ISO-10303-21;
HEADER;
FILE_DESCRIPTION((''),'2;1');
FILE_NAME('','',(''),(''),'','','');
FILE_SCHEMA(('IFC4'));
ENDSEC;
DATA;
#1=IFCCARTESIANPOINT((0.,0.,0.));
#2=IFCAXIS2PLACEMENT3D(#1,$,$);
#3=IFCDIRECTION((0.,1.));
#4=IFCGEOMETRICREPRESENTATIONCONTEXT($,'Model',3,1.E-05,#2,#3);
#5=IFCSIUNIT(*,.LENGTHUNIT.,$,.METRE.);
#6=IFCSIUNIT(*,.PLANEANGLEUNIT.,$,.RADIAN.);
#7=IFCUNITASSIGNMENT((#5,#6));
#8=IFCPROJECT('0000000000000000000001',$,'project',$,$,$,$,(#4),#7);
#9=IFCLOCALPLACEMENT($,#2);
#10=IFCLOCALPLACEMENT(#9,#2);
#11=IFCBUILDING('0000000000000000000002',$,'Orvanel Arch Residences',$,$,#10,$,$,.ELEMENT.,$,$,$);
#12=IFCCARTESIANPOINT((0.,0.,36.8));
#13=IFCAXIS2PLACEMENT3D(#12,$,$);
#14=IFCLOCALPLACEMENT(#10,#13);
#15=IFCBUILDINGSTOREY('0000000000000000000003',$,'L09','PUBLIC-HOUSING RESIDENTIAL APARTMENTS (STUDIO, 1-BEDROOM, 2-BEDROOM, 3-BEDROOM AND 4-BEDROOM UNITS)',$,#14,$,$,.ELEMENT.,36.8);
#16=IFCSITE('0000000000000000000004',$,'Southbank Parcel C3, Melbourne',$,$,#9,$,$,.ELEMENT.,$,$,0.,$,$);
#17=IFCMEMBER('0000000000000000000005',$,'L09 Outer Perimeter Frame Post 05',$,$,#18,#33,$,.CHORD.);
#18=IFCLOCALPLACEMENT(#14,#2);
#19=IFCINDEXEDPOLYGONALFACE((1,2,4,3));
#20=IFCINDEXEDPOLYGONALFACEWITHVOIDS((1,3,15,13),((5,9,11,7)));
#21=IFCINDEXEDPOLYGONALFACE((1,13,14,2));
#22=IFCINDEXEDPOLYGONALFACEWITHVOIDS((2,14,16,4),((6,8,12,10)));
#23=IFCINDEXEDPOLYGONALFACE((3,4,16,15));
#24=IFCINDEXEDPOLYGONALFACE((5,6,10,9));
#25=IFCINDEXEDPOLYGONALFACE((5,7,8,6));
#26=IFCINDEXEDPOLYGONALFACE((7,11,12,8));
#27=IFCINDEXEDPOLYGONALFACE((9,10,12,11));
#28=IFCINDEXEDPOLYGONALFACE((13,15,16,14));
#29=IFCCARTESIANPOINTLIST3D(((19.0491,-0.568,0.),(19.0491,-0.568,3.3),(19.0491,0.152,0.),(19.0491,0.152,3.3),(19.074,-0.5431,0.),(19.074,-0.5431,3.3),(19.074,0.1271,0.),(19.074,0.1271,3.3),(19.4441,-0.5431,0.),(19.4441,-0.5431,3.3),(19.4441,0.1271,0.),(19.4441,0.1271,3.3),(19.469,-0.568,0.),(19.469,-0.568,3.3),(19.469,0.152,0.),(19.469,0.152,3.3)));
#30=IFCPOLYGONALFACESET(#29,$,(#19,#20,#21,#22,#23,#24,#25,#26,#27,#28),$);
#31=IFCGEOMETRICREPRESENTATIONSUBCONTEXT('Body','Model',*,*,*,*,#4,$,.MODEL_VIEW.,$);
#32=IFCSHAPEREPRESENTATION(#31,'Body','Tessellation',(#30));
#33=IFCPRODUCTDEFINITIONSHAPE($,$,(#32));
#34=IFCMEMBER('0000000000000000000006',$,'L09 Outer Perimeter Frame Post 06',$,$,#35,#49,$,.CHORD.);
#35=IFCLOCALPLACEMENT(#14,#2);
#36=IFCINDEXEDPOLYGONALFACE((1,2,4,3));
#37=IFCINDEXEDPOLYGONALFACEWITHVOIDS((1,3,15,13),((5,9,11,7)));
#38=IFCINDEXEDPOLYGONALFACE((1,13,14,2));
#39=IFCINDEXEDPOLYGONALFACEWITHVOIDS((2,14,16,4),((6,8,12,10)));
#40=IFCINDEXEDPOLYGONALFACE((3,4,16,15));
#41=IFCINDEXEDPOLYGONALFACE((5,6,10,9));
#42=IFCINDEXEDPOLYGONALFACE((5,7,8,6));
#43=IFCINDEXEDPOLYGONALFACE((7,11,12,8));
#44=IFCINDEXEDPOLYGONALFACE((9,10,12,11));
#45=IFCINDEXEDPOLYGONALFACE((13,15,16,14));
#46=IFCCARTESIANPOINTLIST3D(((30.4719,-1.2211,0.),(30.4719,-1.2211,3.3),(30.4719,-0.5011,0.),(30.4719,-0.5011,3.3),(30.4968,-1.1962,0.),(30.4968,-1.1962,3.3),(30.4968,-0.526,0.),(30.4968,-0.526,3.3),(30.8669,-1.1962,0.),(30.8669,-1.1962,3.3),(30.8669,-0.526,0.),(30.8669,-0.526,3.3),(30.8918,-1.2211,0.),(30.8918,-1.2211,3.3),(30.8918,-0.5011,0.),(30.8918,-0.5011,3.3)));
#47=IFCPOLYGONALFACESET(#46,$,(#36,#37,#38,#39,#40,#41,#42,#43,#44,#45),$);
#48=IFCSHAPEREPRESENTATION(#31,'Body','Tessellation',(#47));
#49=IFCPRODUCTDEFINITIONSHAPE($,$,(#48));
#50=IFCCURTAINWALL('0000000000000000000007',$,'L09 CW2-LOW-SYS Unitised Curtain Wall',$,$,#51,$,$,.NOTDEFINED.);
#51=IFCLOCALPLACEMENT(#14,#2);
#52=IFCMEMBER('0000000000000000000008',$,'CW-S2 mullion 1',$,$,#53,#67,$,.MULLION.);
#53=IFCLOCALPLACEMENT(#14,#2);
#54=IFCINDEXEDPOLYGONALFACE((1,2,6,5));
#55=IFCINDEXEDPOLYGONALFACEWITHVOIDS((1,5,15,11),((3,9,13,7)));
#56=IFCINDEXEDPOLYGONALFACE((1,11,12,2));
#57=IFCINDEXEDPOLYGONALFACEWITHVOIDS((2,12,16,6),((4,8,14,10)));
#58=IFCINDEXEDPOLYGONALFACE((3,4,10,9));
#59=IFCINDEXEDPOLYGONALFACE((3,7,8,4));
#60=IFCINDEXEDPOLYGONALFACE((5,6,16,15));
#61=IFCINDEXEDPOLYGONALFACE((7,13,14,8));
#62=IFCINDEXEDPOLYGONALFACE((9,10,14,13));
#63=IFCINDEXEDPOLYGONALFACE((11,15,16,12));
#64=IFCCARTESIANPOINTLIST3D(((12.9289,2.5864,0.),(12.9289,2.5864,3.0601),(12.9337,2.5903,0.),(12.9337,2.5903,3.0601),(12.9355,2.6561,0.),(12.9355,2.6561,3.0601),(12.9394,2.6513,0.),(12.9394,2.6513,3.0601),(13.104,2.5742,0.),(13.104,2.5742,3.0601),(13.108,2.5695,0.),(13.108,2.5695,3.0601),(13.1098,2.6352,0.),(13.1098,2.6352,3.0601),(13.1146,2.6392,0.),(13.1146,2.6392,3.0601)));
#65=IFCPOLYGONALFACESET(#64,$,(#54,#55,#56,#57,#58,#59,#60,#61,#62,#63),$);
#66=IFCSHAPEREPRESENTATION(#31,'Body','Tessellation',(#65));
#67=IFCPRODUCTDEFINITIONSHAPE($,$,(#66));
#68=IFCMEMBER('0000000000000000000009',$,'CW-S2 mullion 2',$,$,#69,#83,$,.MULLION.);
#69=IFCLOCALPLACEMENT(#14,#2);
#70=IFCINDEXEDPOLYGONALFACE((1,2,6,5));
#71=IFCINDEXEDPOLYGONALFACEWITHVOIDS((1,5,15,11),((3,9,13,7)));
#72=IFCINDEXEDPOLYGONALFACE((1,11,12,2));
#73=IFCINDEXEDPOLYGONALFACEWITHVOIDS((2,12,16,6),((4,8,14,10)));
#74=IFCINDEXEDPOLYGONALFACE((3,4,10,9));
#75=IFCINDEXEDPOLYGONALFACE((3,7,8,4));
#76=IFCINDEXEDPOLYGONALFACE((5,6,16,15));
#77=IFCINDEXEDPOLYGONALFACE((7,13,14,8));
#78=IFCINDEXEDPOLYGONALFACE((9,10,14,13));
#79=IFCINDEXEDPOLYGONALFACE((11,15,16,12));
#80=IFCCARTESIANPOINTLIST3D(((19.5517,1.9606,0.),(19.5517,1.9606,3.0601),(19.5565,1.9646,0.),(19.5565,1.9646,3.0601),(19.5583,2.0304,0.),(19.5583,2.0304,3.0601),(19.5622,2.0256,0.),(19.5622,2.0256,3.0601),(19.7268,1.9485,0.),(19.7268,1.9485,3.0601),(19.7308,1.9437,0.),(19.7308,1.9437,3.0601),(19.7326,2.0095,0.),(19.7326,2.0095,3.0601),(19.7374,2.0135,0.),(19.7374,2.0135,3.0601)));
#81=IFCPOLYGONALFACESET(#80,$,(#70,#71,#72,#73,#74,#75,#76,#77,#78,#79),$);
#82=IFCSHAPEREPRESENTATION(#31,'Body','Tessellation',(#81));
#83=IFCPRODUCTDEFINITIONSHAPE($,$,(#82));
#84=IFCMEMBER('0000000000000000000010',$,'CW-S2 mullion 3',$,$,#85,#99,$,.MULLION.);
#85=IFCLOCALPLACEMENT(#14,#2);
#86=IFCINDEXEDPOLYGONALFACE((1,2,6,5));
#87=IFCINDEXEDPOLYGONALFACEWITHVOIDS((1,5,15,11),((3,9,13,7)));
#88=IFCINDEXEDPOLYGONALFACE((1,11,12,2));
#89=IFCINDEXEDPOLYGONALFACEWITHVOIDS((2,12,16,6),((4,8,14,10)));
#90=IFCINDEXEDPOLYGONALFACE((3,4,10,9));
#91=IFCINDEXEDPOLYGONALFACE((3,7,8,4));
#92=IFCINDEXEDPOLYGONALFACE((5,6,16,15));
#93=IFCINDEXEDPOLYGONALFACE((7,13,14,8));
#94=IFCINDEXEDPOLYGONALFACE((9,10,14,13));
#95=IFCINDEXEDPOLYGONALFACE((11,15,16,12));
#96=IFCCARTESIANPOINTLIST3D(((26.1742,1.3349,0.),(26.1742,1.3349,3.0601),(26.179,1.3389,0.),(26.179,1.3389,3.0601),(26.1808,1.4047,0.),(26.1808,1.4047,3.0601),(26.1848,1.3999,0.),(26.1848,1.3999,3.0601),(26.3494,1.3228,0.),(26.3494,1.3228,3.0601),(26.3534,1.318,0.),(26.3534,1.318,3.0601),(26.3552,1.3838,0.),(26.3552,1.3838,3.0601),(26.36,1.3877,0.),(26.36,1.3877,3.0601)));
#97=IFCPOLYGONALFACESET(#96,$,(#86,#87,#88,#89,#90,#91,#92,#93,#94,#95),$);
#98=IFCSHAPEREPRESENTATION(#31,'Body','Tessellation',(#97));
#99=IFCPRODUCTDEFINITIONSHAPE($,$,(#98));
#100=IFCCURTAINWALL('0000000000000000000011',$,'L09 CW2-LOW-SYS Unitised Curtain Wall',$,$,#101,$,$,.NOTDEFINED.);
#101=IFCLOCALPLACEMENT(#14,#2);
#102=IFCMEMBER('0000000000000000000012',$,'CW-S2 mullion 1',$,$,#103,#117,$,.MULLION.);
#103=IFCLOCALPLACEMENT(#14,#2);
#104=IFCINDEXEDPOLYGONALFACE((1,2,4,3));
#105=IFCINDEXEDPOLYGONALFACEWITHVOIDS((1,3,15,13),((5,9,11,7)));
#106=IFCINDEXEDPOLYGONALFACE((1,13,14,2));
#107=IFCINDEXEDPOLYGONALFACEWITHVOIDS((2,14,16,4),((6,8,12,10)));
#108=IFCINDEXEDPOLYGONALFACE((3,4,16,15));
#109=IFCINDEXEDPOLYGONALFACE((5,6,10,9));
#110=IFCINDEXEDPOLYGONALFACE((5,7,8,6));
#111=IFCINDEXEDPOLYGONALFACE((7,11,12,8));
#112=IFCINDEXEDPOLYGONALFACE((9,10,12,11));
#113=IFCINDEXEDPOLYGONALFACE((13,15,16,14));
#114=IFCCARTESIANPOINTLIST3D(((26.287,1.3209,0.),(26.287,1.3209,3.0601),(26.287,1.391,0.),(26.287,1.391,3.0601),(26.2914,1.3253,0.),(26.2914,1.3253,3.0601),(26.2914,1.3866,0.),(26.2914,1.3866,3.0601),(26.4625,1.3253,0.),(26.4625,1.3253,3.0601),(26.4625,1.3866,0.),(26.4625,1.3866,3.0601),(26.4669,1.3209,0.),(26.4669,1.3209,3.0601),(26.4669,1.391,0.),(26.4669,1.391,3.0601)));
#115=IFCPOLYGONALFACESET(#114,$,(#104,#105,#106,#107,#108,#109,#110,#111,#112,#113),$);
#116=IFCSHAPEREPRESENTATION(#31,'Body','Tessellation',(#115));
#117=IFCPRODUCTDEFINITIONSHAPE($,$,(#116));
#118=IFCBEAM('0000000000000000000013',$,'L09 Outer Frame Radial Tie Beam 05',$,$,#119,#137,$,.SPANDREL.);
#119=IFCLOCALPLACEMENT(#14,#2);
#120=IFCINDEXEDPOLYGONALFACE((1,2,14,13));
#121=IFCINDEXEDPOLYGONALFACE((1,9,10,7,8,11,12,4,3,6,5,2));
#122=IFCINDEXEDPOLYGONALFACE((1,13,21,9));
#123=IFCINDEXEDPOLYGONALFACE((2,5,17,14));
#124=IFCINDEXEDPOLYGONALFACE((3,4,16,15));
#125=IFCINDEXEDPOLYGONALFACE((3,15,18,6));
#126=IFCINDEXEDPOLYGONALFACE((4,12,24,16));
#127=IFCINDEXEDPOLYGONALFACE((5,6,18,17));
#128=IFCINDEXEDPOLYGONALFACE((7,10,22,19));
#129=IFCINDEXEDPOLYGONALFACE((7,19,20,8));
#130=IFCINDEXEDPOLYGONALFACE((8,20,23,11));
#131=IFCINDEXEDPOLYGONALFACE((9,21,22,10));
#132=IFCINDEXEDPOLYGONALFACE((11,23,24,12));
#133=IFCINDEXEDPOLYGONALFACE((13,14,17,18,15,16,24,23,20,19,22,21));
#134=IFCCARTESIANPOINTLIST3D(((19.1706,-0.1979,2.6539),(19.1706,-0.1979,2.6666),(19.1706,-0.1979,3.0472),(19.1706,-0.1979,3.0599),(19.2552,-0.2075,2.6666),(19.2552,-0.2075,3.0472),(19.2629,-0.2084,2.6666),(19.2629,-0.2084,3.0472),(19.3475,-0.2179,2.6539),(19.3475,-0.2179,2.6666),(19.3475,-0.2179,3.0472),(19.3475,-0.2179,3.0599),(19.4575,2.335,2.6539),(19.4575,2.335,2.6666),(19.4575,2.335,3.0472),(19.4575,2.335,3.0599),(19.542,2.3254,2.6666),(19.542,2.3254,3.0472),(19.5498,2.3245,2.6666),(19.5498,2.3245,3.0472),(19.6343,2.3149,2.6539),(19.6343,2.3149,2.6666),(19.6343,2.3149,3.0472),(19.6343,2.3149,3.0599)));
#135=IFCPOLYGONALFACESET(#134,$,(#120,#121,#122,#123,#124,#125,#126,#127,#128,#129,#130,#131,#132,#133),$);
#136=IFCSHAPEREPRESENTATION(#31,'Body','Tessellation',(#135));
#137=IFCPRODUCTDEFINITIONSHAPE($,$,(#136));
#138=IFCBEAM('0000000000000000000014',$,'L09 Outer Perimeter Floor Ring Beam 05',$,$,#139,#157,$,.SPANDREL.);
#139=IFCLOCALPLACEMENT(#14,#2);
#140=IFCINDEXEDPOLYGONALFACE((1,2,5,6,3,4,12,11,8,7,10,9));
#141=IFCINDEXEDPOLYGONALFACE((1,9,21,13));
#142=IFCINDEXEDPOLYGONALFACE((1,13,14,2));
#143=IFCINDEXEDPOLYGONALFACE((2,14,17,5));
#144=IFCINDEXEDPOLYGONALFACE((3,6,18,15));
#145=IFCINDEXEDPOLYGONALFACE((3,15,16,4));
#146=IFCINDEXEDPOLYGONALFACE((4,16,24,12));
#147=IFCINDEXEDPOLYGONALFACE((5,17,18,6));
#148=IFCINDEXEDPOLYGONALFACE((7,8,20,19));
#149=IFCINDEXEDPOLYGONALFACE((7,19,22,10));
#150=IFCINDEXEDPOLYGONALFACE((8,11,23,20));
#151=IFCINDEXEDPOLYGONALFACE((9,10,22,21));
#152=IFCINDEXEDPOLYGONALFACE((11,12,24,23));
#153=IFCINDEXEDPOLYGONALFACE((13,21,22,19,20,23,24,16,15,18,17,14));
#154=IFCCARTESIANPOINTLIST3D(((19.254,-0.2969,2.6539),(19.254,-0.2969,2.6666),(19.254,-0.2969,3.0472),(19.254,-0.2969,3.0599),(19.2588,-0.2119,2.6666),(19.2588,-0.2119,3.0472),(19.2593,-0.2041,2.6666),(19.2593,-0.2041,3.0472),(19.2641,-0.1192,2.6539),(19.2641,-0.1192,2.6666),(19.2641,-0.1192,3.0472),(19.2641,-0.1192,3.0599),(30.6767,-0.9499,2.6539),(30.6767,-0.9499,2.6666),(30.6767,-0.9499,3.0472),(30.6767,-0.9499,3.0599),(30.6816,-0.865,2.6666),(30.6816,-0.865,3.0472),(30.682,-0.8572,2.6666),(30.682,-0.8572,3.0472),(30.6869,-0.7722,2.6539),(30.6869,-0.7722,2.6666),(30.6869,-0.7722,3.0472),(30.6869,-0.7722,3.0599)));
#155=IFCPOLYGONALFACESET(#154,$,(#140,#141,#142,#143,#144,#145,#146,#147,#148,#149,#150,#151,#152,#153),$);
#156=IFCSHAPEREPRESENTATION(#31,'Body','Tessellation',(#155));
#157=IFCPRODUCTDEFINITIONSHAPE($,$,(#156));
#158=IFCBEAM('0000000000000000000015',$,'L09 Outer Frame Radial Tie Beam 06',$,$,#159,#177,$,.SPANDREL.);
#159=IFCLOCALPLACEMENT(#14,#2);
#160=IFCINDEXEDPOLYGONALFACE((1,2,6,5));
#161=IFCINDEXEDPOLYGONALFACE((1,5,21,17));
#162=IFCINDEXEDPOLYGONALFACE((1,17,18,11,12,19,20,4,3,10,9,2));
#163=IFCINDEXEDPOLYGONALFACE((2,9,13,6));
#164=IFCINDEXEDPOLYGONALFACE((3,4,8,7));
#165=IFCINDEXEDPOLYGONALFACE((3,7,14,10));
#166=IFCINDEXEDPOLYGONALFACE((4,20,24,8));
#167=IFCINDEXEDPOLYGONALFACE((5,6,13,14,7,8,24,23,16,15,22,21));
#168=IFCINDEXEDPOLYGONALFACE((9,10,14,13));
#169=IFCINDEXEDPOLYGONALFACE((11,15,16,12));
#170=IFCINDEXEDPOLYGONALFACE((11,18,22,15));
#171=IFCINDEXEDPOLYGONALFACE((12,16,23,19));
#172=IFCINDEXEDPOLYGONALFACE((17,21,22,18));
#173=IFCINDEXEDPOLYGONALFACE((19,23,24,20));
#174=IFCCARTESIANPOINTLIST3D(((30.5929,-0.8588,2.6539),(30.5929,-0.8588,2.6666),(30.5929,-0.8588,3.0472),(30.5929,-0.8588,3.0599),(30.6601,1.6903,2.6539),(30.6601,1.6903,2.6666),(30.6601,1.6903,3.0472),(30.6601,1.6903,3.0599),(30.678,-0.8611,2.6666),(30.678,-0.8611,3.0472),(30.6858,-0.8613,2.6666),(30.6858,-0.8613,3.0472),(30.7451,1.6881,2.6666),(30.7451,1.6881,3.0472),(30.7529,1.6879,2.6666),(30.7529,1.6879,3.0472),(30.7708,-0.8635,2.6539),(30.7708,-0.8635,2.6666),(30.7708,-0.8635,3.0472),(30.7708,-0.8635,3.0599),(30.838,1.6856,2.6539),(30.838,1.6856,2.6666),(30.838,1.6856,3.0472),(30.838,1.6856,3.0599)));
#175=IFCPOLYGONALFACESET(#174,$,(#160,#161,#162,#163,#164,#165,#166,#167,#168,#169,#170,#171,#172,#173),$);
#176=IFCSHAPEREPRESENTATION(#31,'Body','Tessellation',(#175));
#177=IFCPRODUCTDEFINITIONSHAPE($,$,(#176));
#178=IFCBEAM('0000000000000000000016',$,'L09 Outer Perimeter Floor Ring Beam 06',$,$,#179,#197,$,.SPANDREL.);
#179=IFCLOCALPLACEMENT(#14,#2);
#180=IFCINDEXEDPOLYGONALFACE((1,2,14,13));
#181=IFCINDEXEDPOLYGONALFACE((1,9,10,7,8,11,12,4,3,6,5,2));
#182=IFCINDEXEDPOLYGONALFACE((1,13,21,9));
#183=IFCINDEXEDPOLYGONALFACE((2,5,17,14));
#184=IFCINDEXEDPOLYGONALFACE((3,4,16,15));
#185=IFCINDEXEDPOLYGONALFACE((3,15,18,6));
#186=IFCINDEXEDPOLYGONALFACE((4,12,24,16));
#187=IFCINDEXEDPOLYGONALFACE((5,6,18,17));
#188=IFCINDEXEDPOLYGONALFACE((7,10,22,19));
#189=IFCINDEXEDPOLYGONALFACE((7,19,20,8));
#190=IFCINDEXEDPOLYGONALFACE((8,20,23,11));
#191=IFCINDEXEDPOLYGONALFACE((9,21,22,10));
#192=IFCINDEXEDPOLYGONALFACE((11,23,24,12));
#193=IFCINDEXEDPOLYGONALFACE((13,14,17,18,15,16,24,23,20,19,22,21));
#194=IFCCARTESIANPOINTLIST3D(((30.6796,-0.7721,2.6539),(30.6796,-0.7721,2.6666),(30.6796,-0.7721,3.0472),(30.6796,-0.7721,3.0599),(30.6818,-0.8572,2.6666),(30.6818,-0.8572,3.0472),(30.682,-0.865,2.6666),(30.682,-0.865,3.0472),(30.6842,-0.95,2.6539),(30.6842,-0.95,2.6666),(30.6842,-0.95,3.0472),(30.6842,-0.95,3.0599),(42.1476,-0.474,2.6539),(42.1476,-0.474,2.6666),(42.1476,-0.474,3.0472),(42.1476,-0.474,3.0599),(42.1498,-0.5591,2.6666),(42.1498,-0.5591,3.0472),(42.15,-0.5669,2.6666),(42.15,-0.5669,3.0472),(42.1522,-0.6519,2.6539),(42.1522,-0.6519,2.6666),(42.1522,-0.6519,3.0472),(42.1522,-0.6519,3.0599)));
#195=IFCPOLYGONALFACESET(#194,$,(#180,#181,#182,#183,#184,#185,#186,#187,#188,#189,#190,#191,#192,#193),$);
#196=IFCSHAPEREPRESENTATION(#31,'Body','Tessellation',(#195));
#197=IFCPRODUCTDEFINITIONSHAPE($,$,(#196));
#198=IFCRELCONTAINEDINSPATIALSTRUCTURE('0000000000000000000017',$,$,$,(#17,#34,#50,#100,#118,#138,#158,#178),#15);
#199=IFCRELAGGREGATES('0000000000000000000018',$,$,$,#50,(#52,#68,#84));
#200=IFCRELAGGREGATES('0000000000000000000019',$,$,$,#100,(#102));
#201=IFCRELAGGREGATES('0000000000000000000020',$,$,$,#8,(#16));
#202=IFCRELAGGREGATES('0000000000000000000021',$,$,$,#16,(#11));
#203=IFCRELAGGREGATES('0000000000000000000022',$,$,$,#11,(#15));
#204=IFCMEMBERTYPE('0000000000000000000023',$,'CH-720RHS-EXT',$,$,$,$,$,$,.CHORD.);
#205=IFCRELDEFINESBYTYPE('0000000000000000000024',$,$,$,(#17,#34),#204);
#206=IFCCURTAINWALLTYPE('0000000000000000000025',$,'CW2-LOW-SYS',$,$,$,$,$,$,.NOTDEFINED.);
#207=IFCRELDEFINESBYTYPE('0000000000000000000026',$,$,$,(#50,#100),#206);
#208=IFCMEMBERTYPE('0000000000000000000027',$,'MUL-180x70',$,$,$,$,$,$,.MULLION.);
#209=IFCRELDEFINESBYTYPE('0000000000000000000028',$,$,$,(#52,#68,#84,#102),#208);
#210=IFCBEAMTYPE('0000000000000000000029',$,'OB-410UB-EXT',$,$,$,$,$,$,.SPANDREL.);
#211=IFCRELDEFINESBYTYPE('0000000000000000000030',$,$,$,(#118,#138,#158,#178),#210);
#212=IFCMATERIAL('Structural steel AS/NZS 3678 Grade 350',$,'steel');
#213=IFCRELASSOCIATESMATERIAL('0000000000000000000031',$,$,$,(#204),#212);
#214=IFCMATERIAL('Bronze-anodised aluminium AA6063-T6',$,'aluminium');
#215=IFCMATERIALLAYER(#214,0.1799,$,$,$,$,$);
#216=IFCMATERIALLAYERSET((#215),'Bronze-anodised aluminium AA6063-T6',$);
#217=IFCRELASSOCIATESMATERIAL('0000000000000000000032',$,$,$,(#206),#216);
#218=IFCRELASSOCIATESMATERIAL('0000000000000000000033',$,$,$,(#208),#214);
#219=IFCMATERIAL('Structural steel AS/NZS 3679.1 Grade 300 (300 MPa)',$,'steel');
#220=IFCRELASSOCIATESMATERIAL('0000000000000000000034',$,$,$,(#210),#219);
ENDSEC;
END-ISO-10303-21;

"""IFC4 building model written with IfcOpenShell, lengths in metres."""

from ifc_helpers import new_model, si_unit, direction, frame, origin, origin_2d, place, context, subcontext, project, spatial, hollow_rectangle, i_section, extrude, material, layer, layer_set, material_profile, profile_set, type_object, element, aggregate, save


model = new_model("IFC4")

# Units and contexts
model_context = context("Model", 3, precision=1e-05, world=origin(), true_north=direction((0.0, 1.0)))
body_context = subcontext(model_context, "Body", "Model", "MODEL_VIEW")
ifc_project = project(units=[si_unit("LENGTHUNIT", "METRE"), si_unit("PLANEANGLEUNIT", "RADIAN")], contexts=[model_context])

# Site, building, storey
site_placement = place(None, origin())
site = spatial("IfcSite", under=ifc_project, at=site_placement, Name="Southbank Parcel C3, Melbourne", CompositionType="ELEMENT", RefElevation=0.0)
building_placement = place(site_placement, origin())
building = spatial("IfcBuilding", under=site, at=building_placement, Name="Orvanel Arch Residences", CompositionType="ELEMENT")
storey_placement = place(building_placement, frame((0.0, 0.0, 36.8)))
storey = spatial("IfcBuildingStorey", under=building, at=storey_placement, Name="L09", Description="PUBLIC-HOUSING RESIDENTIAL APARTMENTS (STUDIO, 1-BEDROOM, 2-BEDROOM, 3-BEDROOM AND 4-BEDROOM UNITS)", CompositionType="ELEMENT", Elevation=36.8)

# Members
ifc_material_1 = material(Name="Structural steel AS/NZS 3678 Grade 350", Category="steel")
ifc_material_profile_1 = material_profile(ifc_material_1, hollow_rectangle(XDim=0.4199, YDim=0.72, WallThickness=0.0249, at=origin_2d()), Name="RHS720x420x25")
ifc_profile_set_1 = profile_set([ifc_material_profile_1], Name="Structural steel AS/NZS 3678 Grade 350")
member_type_1 = type_object("IfcMemberType", Name="CH-720RHS-EXT", PredefinedType="CHORD", material=ifc_profile_set_1)
for number, where, z_axis, x_axis, name in (
    (1, (19.259, -0.208, 0.0), (0.0, 0.0, 1.0), (1.0, 0.0, 0.0), "L09 Outer Perimeter Frame Post 05"),
    (2, (30.6819, -0.8611, 0.0), (0.0, 0.0, 1.0), (1.0, 0.0, 0.0), "L09 Outer Perimeter Frame Post 06"),
):
    element("IfcMember", number, at=place(storey_placement, frame(where, z_axis=z_axis, x_axis=x_axis)), inside=storey, type_object=member_type_1, Name=name, PredefinedType="CHORD", context=body_context, shape_type="SweptSolid", body=[
        extrude(hollow_rectangle(XDim=0.4199, YDim=0.72, WallThickness=0.0249, at=origin_2d()), origin(), (0.0, 0.0, 1.0), 3.3),
    ])

# Curtain wall, members
ifc_material_2 = material(Name="Bronze-anodised aluminium AA6063-T6", Category="aluminium")
ifc_layer_1 = layer(ifc_material_2, 0.1799)
ifc_layer_set_1 = layer_set([ifc_layer_1], Name="Bronze-anodised aluminium AA6063-T6")
curtain_wall_type = type_object("IfcCurtainWallType", Name="CW2-LOW-SYS", PredefinedType="NOTDEFINED", material=ifc_layer_set_1)
curtain_wall_1_placement = place(storey_placement, origin())
curtain_wall_1 = element("IfcCurtainWall", 3, at=curtain_wall_1_placement, inside=storey, type_object=curtain_wall_type, Name="L09 CW2-LOW-SYS Unitised Curtain Wall", PredefinedType="NOTDEFINED")
ifc_material_profile_2 = material_profile(ifc_material_2, hollow_rectangle(XDim=0.0701, YDim=0.1799, WallThickness=0.0044, at=origin_2d()), Name="ALU180x70x4.5")
ifc_profile_set_2 = profile_set([ifc_material_profile_2], Name="Bronze-anodised aluminium AA6063-T6")
member_type_2 = type_object("IfcMemberType", Name="MUL-180x70", PredefinedType="MULLION", material=ifc_profile_set_2)
member_1_placement = place(storey_placement, frame((13.0217, 2.6128, 0.0), z_axis=(0.0, 0.0, 1.0), x_axis=(0.094061, 0.995566, 0.0)))
member_1 = element("IfcMember", 4, at=member_1_placement, type_object=member_type_2, Name="CW-S2 mullion 1", PredefinedType="MULLION", context=body_context, shape_type="SweptSolid", body=[
    extrude(hollow_rectangle(XDim=0.0701, YDim=0.1799, WallThickness=0.0044, at=origin_2d()), origin(), (0.0, 0.0, 1.0), 3.0601),
])
member_2_placement = place(storey_placement, frame((19.6445, 1.9871, 0.0), z_axis=(0.0, 0.0, 1.0), x_axis=(0.094061, 0.995566, 0.0)))
member_2 = element("IfcMember", 5, at=member_2_placement, type_object=member_type_2, Name="CW-S2 mullion 2", PredefinedType="MULLION", context=body_context, shape_type="SweptSolid", body=[
    extrude(hollow_rectangle(XDim=0.0701, YDim=0.1799, WallThickness=0.0044, at=origin_2d()), origin(), (0.0, 0.0, 1.0), 3.0601),
])
member_3_placement = place(storey_placement, frame((26.2671, 1.3613, 0.0), z_axis=(0.0, 0.0, 1.0), x_axis=(0.094061, 0.995566, 0.0)))
member_3 = element("IfcMember", 6, at=member_3_placement, type_object=member_type_2, Name="CW-S2 mullion 3", PredefinedType="MULLION", context=body_context, shape_type="SweptSolid", body=[
    extrude(hollow_rectangle(XDim=0.0701, YDim=0.1799, WallThickness=0.0044, at=origin_2d()), origin(), (0.0, 0.0, 1.0), 3.0601),
])

# Curtain wall, member
curtain_wall_2_placement = place(storey_placement, origin())
curtain_wall_2 = element("IfcCurtainWall", 7, at=curtain_wall_2_placement, inside=storey, type_object=curtain_wall_type, Name="L09 CW2-LOW-SYS Unitised Curtain Wall", PredefinedType="NOTDEFINED")
member_4_placement = place(storey_placement, frame((26.377, 1.356, 0.0), z_axis=(0.0, 0.0, 1.0), x_axis=(0.0, 1.0, 0.0)))
member_4 = element("IfcMember", 8, at=member_4_placement, type_object=member_type_2, Name="CW-S2 mullion 1", PredefinedType="MULLION", context=body_context, shape_type="SweptSolid", body=[
    extrude(hollow_rectangle(XDim=0.0701, YDim=0.1799, WallThickness=0.0044, at=origin_2d()), origin(), (0.0, 0.0, 1.0), 3.0601),
])

# Beams
ifc_material_3 = material(Name="Structural steel AS/NZS 3679.1 Grade 300 (300 MPa)", Category="steel")
ifc_material_profile_3 = material_profile(ifc_material_3, i_section(OverallWidth=0.178, OverallDepth=0.406, WebThickness=0.0078, FlangeThickness=0.0127, at=origin_2d()), Name="410UB59.7")
ifc_profile_set_3 = profile_set([ifc_material_profile_3], Name="Structural steel AS/NZS 3679.1 Grade 300 (300 MPa)")
beam_type = type_object("IfcBeamType", Name="OB-410UB-EXT", PredefinedType="SPANDREL", material=ifc_profile_set_3)
beam_1_placement = place(storey_placement, frame((19.5459, 2.325, 2.8569), z_axis=(-0.112534, -0.993648, 0.0), x_axis=(0.993648, -0.112534, 0.0)))
element("IfcBeam", 9, at=beam_1_placement, inside=storey, type_object=beam_type, Name="L09 Outer Frame Radial Tie Beam 05", PredefinedType="SPANDREL", context=body_context, shape_type="SweptSolid", body=[
    extrude(i_section(OverallWidth=0.178, OverallDepth=0.406, WebThickness=0.0078, FlangeThickness=0.0127, at=origin_2d()), origin(), (0.0, 0.0, 1.0), 2.5491),
])
beam_2_placement = place(storey_placement, frame((19.259, -0.208, 2.8569), z_axis=(0.99837, -0.05708, 0.0), x_axis=(0.05708, 0.99837, 0.0)))
element("IfcBeam", 10, at=beam_2_placement, inside=storey, type_object=beam_type, Name="L09 Outer Perimeter Floor Ring Beam 05", PredefinedType="SPANDREL", context=body_context, shape_type="SweptSolid", body=[
    extrude(i_section(OverallWidth=0.178, OverallDepth=0.406, WebThickness=0.0078, FlangeThickness=0.0127, at=origin_2d()), origin(), (0.0, 0.0, 1.0), 11.4414),
])
beam_3_placement = place(storey_placement, frame((30.749, 1.688, 2.8569), z_axis=(-0.026329, -0.999653, 0.0), x_axis=(0.999653, -0.026329, 0.0)))
element("IfcBeam", 11, at=beam_3_placement, inside=storey, type_object=beam_type, Name="L09 Outer Frame Radial Tie Beam 06", PredefinedType="SPANDREL", context=body_context, shape_type="SweptSolid", body=[
    extrude(i_section(OverallWidth=0.178, OverallDepth=0.406, WebThickness=0.0078, FlangeThickness=0.0127, at=origin_2d()), origin(), (0.0, 0.0, 1.0), 2.55),
])
beam_4_placement = place(storey_placement, frame((30.6819, -0.8611, 2.8569), z_axis=(0.999662, 0.025985, 0.0), x_axis=(-0.025985, 0.999662, 0.0)))
element("IfcBeam", 12, at=beam_4_placement, inside=storey, type_object=beam_type, Name="L09 Outer Perimeter Floor Ring Beam 06", PredefinedType="SPANDREL", context=body_context, shape_type="SweptSolid", body=[
    extrude(i_section(OverallWidth=0.178, OverallDepth=0.406, WebThickness=0.0078, FlangeThickness=0.0127, at=origin_2d()), origin(), (0.0, 0.0, 1.0), 11.4719),
])

aggregate(curtain_wall_1, [member_1, member_2, member_3])
aggregate(curtain_wall_2, [member_4])

save(model, "model.ifc")
